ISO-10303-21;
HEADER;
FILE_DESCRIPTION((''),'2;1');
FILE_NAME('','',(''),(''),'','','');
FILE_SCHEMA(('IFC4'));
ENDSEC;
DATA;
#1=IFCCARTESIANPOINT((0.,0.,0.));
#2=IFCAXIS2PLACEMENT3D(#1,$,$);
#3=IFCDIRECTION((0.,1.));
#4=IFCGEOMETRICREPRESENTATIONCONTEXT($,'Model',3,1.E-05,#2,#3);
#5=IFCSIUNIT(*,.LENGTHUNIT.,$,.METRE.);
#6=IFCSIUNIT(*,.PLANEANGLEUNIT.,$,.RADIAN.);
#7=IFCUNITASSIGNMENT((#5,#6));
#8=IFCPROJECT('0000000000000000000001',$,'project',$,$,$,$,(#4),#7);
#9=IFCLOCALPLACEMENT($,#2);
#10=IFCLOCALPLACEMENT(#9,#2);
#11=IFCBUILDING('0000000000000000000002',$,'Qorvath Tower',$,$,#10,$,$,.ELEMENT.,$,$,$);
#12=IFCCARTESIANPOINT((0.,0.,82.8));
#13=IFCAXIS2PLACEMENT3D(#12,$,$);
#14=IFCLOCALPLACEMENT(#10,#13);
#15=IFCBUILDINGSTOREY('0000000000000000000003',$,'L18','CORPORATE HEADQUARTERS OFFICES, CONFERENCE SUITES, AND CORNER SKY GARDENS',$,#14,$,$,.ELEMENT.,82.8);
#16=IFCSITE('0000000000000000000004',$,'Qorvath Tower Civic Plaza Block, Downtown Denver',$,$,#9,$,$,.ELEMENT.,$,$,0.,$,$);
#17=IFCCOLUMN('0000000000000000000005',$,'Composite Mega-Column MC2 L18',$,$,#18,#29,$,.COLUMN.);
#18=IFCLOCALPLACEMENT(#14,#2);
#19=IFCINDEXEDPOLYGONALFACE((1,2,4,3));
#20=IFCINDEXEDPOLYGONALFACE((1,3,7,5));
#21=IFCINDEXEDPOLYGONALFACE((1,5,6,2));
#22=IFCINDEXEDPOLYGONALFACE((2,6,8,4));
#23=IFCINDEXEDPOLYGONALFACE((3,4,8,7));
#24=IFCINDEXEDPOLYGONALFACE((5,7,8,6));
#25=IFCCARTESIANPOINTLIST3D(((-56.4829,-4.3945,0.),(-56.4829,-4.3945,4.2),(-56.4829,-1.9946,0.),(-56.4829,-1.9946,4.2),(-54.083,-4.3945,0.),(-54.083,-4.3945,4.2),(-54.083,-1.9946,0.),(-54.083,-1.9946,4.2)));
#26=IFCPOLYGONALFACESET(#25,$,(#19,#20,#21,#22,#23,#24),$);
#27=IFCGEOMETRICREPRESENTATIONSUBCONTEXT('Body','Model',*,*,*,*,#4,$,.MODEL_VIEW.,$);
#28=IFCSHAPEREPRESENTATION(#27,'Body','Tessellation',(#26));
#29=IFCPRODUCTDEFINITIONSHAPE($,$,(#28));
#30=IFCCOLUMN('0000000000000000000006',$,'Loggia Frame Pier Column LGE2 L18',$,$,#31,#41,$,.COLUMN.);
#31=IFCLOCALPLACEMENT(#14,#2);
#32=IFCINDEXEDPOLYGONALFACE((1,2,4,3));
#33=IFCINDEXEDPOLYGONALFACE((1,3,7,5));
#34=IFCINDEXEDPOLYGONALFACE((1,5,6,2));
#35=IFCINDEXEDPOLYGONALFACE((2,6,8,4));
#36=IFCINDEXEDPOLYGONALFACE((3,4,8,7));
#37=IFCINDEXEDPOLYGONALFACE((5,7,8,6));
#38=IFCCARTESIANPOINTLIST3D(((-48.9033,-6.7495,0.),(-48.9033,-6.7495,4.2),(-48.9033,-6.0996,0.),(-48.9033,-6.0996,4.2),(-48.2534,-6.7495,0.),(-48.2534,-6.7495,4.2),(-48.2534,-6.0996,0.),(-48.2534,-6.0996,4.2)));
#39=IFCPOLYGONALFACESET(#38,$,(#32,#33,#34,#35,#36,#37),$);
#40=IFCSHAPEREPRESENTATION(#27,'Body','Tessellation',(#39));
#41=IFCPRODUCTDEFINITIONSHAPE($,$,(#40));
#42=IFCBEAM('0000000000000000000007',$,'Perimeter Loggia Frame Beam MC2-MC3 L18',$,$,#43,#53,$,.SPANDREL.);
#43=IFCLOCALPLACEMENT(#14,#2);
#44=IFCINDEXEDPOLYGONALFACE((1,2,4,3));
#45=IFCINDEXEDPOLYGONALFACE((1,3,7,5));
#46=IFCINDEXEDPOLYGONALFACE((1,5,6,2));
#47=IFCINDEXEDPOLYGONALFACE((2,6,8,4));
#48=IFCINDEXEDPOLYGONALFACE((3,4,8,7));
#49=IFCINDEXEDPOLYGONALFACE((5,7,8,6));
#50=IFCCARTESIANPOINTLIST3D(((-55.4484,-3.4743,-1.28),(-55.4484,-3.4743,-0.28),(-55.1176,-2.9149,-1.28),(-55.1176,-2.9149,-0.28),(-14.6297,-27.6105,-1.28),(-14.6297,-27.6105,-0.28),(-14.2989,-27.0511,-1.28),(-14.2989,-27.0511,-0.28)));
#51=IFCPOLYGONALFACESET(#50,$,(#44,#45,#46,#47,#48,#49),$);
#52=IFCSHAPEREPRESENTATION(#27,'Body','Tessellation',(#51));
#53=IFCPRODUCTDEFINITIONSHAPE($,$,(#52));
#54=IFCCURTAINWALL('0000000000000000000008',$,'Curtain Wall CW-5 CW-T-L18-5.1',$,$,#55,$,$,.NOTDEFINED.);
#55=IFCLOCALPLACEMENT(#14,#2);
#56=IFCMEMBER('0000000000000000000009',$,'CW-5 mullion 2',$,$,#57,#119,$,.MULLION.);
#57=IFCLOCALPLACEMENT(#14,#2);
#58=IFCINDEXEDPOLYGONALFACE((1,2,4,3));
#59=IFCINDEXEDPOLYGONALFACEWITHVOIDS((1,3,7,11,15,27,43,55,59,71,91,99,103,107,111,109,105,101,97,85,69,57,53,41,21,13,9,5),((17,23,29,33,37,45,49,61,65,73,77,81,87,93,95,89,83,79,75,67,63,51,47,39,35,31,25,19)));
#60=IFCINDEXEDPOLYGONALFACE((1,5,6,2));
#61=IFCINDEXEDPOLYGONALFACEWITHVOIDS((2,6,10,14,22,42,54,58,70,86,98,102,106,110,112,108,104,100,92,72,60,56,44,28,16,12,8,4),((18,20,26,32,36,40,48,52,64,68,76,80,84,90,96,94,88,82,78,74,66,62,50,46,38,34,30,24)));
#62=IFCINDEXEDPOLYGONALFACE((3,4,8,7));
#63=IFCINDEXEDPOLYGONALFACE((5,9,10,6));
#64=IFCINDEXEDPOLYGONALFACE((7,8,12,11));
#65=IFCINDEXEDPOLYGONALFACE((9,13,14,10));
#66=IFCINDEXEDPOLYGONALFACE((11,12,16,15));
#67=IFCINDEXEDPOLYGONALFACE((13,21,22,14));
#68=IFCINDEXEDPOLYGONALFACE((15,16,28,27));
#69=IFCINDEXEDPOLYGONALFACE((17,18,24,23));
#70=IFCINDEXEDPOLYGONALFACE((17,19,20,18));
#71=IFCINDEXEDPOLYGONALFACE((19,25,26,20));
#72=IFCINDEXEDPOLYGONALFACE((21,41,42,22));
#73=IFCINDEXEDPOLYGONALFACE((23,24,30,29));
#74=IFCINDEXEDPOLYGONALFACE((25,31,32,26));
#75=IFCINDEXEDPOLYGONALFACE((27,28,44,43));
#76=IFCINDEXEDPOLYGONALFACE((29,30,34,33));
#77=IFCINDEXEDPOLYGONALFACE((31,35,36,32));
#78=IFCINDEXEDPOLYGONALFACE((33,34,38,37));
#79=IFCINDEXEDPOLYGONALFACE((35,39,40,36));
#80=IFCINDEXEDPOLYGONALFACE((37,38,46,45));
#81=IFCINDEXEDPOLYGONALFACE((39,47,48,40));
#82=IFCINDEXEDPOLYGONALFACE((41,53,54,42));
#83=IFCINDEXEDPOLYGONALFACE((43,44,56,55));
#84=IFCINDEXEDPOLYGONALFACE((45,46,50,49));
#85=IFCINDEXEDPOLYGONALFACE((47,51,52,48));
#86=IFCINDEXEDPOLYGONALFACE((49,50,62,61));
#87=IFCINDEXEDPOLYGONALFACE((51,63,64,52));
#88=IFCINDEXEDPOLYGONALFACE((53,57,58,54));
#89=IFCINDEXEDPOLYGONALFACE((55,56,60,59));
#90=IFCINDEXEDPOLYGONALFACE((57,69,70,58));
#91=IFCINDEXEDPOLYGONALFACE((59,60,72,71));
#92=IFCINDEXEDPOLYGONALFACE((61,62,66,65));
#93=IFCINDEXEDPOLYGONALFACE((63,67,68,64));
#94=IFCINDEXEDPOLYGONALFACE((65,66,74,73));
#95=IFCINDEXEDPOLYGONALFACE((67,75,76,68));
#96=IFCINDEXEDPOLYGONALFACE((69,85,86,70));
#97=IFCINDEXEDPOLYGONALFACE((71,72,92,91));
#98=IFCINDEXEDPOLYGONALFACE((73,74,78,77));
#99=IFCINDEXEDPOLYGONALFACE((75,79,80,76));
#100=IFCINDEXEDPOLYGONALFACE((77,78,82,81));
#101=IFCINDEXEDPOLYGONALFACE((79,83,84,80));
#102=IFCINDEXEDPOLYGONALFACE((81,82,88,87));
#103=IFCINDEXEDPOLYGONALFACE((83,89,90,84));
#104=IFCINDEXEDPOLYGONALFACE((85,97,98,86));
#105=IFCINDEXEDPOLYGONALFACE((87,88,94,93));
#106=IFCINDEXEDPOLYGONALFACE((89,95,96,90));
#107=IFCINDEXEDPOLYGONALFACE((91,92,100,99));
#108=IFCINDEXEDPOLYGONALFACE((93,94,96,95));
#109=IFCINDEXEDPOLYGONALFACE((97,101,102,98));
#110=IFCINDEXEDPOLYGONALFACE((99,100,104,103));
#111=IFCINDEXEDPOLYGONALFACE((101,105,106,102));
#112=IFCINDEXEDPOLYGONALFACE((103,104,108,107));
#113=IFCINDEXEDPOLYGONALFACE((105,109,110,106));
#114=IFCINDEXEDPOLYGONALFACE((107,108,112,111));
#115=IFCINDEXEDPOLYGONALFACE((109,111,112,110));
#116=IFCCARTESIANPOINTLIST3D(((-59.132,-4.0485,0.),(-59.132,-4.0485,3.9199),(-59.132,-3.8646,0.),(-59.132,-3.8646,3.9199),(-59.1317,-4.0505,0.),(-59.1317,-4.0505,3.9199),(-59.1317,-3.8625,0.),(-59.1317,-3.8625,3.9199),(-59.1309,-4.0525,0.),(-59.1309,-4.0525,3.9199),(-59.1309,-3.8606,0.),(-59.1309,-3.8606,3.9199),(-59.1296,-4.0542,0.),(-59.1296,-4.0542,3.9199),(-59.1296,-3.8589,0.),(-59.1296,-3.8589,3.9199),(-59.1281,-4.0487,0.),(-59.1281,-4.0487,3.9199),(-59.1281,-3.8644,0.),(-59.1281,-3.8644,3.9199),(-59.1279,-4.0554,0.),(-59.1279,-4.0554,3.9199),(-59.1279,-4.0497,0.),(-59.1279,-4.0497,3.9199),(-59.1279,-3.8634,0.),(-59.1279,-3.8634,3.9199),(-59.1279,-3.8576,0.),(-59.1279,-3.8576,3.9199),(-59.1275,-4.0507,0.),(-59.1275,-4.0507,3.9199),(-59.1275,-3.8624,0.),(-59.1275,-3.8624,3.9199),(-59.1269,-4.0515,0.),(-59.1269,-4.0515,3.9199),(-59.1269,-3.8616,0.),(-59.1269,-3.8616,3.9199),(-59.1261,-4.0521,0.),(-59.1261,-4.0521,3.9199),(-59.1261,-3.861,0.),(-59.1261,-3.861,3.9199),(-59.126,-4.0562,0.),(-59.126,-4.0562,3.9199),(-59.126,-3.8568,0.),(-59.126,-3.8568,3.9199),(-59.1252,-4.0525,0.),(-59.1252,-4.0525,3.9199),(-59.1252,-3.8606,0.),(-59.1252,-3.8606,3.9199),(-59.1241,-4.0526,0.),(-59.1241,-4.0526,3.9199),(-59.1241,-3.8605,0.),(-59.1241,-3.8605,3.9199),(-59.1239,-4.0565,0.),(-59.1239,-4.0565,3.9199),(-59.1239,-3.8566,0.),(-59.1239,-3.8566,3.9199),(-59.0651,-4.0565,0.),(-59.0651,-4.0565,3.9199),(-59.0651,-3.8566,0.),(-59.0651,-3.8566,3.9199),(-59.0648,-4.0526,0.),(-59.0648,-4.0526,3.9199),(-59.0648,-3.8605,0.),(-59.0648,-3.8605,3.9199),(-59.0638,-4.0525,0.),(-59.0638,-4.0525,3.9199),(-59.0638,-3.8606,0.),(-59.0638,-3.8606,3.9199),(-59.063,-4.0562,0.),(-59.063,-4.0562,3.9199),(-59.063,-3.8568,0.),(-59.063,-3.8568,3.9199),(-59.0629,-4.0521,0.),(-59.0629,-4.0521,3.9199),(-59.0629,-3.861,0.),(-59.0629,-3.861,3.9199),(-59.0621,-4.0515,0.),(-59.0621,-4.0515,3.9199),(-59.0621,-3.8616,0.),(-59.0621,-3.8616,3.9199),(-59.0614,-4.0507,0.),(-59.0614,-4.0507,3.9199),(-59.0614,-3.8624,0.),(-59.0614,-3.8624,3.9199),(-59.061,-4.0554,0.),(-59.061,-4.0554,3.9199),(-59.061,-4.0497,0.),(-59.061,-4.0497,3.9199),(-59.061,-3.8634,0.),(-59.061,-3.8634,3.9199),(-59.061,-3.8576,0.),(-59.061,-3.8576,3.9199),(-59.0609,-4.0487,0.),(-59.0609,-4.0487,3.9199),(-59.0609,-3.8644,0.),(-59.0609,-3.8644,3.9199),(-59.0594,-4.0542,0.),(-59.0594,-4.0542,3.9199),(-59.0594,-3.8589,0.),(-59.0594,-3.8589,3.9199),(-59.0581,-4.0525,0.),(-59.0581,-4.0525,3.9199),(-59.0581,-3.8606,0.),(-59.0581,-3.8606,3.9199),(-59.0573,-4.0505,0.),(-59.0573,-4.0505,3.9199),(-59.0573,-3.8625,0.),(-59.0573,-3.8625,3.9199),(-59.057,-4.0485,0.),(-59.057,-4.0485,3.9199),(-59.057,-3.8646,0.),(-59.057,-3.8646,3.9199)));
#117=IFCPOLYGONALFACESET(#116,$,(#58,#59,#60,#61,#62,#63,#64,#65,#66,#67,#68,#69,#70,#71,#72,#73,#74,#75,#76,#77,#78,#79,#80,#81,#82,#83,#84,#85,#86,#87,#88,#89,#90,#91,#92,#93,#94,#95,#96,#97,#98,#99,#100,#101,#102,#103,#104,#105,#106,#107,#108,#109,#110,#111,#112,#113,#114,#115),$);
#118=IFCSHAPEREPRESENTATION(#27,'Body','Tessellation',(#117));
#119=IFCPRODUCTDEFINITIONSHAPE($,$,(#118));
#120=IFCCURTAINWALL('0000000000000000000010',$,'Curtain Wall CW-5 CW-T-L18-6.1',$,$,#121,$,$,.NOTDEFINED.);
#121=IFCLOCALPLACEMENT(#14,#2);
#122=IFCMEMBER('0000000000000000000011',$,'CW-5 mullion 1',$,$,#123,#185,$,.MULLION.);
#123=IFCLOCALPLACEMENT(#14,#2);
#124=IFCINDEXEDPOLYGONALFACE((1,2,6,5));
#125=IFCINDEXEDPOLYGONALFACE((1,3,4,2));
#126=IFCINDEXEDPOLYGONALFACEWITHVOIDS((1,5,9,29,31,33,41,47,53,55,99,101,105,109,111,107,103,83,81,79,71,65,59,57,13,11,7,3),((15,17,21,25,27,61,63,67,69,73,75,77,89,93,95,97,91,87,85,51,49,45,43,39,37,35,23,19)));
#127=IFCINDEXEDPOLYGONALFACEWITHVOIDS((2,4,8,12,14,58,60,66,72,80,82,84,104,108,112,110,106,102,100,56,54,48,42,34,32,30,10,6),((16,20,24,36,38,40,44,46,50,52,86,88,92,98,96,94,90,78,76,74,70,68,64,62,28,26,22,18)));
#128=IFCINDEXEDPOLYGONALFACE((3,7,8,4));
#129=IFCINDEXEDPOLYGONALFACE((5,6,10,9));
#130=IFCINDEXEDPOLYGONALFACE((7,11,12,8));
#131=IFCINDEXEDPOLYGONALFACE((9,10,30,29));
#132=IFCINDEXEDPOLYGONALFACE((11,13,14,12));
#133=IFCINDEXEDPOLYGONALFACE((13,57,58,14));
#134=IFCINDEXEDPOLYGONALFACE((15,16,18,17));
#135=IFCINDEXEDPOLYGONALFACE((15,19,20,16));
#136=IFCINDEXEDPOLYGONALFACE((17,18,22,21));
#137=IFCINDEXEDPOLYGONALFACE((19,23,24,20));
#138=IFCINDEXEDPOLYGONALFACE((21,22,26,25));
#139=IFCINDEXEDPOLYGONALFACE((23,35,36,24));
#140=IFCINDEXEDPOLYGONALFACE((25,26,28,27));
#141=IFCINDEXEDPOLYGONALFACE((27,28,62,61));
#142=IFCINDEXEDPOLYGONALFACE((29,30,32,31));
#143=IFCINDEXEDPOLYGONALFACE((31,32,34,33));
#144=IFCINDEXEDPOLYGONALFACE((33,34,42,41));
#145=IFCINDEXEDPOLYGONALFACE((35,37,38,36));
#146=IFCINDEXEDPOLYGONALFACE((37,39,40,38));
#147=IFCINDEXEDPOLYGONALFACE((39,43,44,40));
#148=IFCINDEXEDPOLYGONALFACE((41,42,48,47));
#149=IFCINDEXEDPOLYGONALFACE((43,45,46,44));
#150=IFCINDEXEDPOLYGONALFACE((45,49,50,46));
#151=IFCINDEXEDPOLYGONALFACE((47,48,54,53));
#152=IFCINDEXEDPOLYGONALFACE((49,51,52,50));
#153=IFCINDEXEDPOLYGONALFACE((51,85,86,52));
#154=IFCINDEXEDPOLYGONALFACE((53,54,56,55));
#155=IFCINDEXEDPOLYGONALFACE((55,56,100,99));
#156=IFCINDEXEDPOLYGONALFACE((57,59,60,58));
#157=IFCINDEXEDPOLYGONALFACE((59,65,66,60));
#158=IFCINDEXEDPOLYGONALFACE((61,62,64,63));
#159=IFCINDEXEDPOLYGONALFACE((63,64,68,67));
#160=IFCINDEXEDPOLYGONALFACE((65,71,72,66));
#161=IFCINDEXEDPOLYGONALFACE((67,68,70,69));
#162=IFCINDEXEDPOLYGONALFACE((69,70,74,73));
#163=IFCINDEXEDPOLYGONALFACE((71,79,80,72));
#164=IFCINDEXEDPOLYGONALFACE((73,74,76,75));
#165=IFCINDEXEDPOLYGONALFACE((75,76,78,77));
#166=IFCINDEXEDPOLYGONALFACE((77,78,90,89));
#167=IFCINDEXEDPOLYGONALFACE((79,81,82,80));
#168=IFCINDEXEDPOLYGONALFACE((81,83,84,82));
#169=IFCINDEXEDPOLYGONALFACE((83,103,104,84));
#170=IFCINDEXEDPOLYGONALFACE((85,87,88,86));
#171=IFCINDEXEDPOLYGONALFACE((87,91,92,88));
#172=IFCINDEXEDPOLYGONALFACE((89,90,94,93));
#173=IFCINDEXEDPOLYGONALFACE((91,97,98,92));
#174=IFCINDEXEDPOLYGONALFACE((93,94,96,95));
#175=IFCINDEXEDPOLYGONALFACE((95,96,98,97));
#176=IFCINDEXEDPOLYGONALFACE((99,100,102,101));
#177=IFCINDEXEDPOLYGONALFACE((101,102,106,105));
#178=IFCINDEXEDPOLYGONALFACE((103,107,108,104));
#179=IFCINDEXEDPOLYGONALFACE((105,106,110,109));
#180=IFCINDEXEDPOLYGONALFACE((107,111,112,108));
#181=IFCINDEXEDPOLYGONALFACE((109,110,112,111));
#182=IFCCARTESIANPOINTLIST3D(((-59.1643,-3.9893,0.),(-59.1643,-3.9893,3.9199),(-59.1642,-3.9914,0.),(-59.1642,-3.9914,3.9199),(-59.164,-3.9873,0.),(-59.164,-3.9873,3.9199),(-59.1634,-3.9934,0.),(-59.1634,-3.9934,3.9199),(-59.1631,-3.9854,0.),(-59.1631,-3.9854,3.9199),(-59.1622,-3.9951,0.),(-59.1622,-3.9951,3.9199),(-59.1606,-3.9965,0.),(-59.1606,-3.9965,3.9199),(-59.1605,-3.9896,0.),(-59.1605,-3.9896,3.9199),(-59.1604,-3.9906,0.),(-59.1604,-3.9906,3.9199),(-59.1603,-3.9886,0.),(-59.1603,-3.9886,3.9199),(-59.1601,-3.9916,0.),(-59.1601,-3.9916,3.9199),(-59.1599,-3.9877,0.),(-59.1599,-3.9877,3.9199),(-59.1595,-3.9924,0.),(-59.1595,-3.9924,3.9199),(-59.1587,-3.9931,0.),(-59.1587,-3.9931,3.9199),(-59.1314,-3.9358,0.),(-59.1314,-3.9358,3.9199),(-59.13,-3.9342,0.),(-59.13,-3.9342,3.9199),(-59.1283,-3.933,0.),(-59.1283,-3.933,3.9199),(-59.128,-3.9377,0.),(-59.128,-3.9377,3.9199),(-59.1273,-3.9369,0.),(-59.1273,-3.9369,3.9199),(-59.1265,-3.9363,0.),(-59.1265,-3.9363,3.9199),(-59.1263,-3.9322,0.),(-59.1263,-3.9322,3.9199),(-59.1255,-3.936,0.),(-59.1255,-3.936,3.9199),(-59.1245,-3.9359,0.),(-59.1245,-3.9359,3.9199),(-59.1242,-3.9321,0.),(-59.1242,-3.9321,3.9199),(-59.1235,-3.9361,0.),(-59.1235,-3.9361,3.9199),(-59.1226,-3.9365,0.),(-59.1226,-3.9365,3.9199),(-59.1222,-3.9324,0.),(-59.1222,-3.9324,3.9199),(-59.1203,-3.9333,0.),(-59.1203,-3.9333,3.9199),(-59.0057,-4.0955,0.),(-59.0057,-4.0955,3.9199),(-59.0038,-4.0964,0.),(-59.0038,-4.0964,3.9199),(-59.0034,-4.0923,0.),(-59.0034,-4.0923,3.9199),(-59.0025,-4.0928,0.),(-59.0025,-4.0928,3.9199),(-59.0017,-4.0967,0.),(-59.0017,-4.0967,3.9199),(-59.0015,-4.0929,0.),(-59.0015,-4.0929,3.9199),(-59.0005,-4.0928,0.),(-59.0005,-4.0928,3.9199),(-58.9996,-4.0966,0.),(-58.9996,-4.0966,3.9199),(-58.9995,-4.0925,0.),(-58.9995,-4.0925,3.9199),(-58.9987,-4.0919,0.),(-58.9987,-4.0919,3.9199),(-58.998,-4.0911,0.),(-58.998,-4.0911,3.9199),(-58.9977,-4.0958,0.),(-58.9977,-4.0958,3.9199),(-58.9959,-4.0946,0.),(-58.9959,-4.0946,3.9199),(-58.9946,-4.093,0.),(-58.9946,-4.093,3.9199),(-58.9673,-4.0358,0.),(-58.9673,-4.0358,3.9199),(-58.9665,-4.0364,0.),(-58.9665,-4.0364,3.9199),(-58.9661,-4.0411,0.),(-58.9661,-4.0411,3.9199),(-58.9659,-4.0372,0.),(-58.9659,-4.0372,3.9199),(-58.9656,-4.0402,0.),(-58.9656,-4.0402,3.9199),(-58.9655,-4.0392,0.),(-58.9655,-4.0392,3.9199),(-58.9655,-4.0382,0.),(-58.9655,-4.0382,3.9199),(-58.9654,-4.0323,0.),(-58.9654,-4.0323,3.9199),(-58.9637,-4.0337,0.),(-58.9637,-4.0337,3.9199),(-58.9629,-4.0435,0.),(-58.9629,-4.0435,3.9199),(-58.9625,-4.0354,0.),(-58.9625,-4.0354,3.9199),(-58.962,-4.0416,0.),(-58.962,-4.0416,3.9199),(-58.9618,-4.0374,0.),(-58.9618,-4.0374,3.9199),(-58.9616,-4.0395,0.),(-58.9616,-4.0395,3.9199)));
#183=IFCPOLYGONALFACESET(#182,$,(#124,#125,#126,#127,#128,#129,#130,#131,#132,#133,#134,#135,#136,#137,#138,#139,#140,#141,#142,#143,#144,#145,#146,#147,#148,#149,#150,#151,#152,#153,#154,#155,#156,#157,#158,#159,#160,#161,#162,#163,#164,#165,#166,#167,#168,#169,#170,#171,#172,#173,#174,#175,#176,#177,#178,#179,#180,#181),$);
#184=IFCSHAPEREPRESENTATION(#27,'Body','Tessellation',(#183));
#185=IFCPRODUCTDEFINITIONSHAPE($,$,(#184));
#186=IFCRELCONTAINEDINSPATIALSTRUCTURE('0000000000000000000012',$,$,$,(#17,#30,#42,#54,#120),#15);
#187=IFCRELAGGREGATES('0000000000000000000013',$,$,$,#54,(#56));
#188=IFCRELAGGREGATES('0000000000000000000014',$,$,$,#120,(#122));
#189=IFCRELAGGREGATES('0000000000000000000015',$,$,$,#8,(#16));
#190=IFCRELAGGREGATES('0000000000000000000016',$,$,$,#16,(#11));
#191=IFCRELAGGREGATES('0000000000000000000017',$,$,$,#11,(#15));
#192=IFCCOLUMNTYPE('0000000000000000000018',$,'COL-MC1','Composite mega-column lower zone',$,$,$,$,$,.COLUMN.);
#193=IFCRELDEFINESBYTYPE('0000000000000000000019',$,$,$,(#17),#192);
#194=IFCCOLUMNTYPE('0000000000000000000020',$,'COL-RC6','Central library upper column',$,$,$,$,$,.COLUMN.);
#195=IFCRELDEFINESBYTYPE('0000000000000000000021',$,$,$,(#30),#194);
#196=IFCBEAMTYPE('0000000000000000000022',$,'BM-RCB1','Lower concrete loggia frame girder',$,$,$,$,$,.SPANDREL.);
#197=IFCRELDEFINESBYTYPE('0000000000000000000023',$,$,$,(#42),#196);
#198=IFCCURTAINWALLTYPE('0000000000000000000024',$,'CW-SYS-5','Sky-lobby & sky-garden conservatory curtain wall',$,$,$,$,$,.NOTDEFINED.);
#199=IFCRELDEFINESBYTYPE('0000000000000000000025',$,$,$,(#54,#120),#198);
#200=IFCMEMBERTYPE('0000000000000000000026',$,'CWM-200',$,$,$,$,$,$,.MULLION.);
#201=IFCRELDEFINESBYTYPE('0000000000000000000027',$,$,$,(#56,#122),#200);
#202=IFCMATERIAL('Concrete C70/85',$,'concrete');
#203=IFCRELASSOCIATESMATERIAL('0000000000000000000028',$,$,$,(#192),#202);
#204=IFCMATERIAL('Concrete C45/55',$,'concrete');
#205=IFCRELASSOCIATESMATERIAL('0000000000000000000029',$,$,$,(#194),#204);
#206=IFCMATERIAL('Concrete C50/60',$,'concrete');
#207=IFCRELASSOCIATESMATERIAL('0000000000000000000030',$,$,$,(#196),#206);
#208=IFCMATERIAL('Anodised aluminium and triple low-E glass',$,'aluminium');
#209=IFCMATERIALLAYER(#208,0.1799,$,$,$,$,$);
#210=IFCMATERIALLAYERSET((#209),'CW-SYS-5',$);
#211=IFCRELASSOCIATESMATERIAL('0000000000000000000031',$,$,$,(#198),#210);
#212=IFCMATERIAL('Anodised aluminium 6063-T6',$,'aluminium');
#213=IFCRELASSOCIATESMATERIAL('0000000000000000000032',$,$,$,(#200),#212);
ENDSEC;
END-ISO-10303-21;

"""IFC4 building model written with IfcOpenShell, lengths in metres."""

from ifc_helpers import new_model, si_unit, direction, frame, origin, origin_2d, place, context, subcontext, project, spatial, rectangle, hollow_rectangle, extrude, material, layer, layer_set, material_profile, profile_set, type_object, element, aggregate, save


model = new_model("IFC4")

# Units and contexts
model_context = context("Model", 3, precision=1e-05, world=origin(), true_north=direction((0.0, 1.0)))
body_context = subcontext(model_context, "Body", "Model", "MODEL_VIEW")
ifc_project = project(units=[si_unit("LENGTHUNIT", "METRE"), si_unit("PLANEANGLEUNIT", "RADIAN")], contexts=[model_context])

# Site, building, storey
site_placement = place(None, origin())
site = spatial("IfcSite", under=ifc_project, at=site_placement, Name="Qorvath Tower Civic Plaza Block, Downtown Denver", CompositionType="ELEMENT", RefElevation=0.0)
building_placement = place(site_placement, origin())
building = spatial("IfcBuilding", under=site, at=building_placement, Name="Qorvath Tower", CompositionType="ELEMENT")
storey_placement = place(building_placement, frame((0.0, 0.0, 82.8)))
storey = spatial("IfcBuildingStorey", under=building, at=storey_placement, Name="L18", Description="CORPORATE HEADQUARTERS OFFICES, CONFERENCE SUITES, AND CORNER SKY GARDENS", CompositionType="ELEMENT", Elevation=82.8)

# Columns
ifc_material_1 = material(Name="Concrete C70/85", Category="concrete")
ifc_material_profile_1 = material_profile(ifc_material_1, rectangle(XDim=2.3999, YDim=2.3999, at=origin_2d()), Name="MC 2400x2400")
ifc_profile_set_1 = profile_set([ifc_material_profile_1], Name="Concrete C70/85")
column_type_1 = type_object("IfcColumnType", Name="COL-MC1", Description="Composite mega-column lower zone", PredefinedType="COLUMN", material=ifc_profile_set_1)
column_1_placement = place(storey_placement, frame((-55.283, -3.1946, 0.0), z_axis=(0.0, 0.0, 1.0), x_axis=(1.0, 0.0, 0.0)))
element("IfcColumn", 1, at=column_1_placement, inside=storey, type_object=column_type_1, Name="Composite Mega-Column MC2 L18", PredefinedType="COLUMN", context=body_context, shape_type="SweptSolid", body=[
    extrude(rectangle(XDim=2.3999, YDim=2.3999, at=origin_2d()), origin(), (0.0, 0.0, 1.0), 4.2),
])
ifc_material_2 = material(Name="Concrete C45/55", Category="concrete")
ifc_material_profile_2 = material_profile(ifc_material_2, rectangle(XDim=0.6499, YDim=0.6499, at=origin_2d()), Name="RC 650x650")
ifc_profile_set_2 = profile_set([ifc_material_profile_2], Name="Concrete C45/55")
column_type_2 = type_object("IfcColumnType", Name="COL-RC6", Description="Central library upper column", PredefinedType="COLUMN", material=ifc_profile_set_2)
column_2_placement = place(storey_placement, frame((-48.5784, -6.4246, 0.0), z_axis=(0.0, 0.0, 1.0), x_axis=(1.0, 0.0, 0.0)))
element("IfcColumn", 2, at=column_2_placement, inside=storey, type_object=column_type_2, Name="Loggia Frame Pier Column LGE2 L18", PredefinedType="COLUMN", context=body_context, shape_type="SweptSolid", body=[
    extrude(rectangle(XDim=0.6499, YDim=0.6499, at=origin_2d()), origin(), (0.0, 0.0, 1.0), 4.2),
])

# Beam
ifc_material_3 = material(Name="Concrete C50/60", Category="concrete")
ifc_material_profile_3 = material_profile(ifc_material_3, rectangle(XDim=0.6499, YDim=1.0, at=origin_2d()), Name="RCB 1000x650")
ifc_profile_set_3 = profile_set([ifc_material_profile_3], Name="Concrete C50/60")
beam_type = type_object("IfcBeamType", Name="BM-RCB1", Description="Lower concrete loggia frame girder", PredefinedType="SPANDREL", material=ifc_profile_set_3)
beam_placement = place(storey_placement, frame((-55.283, -3.1946, -0.78), z_axis=(0.860777, -0.508982, 0.0), x_axis=(0.508982, 0.860777, 0.0)))
element("IfcBeam", 3, at=beam_placement, inside=storey, type_object=beam_type, Name="Perimeter Loggia Frame Beam MC2-MC3 L18", PredefinedType="SPANDREL", context=body_context, shape_type="SweptSolid", body=[
    extrude(rectangle(XDim=0.6499, YDim=1.0, at=origin_2d()), origin(), (0.0, 0.0, 1.0), 47.4207),
])

# Curtain wall, member
ifc_material_4 = material(Name="Anodised aluminium and triple low-E glass", Category="aluminium")
ifc_layer_1 = layer(ifc_material_4, 0.1799)
ifc_layer_set_1 = layer_set([ifc_layer_1], Name="CW-SYS-5")
curtain_wall_type = type_object("IfcCurtainWallType", Name="CW-SYS-5", Description="Sky-lobby & sky-garden conservatory curtain wall", PredefinedType="NOTDEFINED", material=ifc_layer_set_1)
curtain_wall_1_placement = place(storey_placement, origin())
curtain_wall_1 = element("IfcCurtainWall", 4, at=curtain_wall_1_placement, inside=storey, type_object=curtain_wall_type, Name="Curtain Wall CW-5 CW-T-L18-5.1", PredefinedType="NOTDEFINED")
ifc_material_5 = material(Name="Anodised aluminium 6063-T6", Category="aluminium")
ifc_material_profile_4 = material_profile(ifc_material_5, hollow_rectangle(XDim=0.075, YDim=0.2, WallThickness=0.0039, InnerFilletRadius=0.0039, OuterFilletRadius=0.0081, at=origin_2d()), Name="CWM 200x75")
ifc_profile_set_4 = profile_set([ifc_material_profile_4], Name="Anodised aluminium 6063-T6")
member_type_1 = type_object("IfcMemberType", Name="CWM-200", PredefinedType="MULLION", material=ifc_profile_set_4)
member_1_placement = place(storey_placement, frame((-59.0945, -3.9565, 0.0), z_axis=(0.0, 0.0, 1.0), x_axis=(1.0, 0.0, 0.0)))
member_1 = element("IfcMember", 5, at=member_1_placement, type_object=member_type_1, Name="CW-5 mullion 2", PredefinedType="MULLION", context=body_context, shape_type="SweptSolid", body=[
    extrude(hollow_rectangle(XDim=0.075, YDim=0.2, WallThickness=0.0039, InnerFilletRadius=0.0039, OuterFilletRadius=0.0081, at=origin_2d()), origin(), (0.0, 0.0, 1.0), 3.9199),
])

# Curtain wall, member
curtain_wall_2_placement = place(storey_placement, origin())
curtain_wall_2 = element("IfcCurtainWall", 6, at=curtain_wall_2_placement, inside=storey, type_object=curtain_wall_type, Name="Curtain Wall CW-5 CW-T-L18-6.1", PredefinedType="NOTDEFINED")
member_2_placement = place(storey_placement, frame((-59.063, -4.0144, 0.0), z_axis=(0.0, 0.0, 1.0), x_axis=(0.538528, 0.842608, 0.0)))
member_2 = element("IfcMember", 7, at=member_2_placement, type_object=member_type_1, Name="CW-5 mullion 1", PredefinedType="MULLION", context=body_context, shape_type="SweptSolid", body=[
    extrude(hollow_rectangle(XDim=0.075, YDim=0.2, WallThickness=0.0039, InnerFilletRadius=0.0039, OuterFilletRadius=0.0081, at=origin_2d()), origin(), (0.0, 0.0, 1.0), 3.9199),
])

aggregate(curtain_wall_1, [member_1])
aggregate(curtain_wall_2, [member_2])

save(model, "model.ifc")
